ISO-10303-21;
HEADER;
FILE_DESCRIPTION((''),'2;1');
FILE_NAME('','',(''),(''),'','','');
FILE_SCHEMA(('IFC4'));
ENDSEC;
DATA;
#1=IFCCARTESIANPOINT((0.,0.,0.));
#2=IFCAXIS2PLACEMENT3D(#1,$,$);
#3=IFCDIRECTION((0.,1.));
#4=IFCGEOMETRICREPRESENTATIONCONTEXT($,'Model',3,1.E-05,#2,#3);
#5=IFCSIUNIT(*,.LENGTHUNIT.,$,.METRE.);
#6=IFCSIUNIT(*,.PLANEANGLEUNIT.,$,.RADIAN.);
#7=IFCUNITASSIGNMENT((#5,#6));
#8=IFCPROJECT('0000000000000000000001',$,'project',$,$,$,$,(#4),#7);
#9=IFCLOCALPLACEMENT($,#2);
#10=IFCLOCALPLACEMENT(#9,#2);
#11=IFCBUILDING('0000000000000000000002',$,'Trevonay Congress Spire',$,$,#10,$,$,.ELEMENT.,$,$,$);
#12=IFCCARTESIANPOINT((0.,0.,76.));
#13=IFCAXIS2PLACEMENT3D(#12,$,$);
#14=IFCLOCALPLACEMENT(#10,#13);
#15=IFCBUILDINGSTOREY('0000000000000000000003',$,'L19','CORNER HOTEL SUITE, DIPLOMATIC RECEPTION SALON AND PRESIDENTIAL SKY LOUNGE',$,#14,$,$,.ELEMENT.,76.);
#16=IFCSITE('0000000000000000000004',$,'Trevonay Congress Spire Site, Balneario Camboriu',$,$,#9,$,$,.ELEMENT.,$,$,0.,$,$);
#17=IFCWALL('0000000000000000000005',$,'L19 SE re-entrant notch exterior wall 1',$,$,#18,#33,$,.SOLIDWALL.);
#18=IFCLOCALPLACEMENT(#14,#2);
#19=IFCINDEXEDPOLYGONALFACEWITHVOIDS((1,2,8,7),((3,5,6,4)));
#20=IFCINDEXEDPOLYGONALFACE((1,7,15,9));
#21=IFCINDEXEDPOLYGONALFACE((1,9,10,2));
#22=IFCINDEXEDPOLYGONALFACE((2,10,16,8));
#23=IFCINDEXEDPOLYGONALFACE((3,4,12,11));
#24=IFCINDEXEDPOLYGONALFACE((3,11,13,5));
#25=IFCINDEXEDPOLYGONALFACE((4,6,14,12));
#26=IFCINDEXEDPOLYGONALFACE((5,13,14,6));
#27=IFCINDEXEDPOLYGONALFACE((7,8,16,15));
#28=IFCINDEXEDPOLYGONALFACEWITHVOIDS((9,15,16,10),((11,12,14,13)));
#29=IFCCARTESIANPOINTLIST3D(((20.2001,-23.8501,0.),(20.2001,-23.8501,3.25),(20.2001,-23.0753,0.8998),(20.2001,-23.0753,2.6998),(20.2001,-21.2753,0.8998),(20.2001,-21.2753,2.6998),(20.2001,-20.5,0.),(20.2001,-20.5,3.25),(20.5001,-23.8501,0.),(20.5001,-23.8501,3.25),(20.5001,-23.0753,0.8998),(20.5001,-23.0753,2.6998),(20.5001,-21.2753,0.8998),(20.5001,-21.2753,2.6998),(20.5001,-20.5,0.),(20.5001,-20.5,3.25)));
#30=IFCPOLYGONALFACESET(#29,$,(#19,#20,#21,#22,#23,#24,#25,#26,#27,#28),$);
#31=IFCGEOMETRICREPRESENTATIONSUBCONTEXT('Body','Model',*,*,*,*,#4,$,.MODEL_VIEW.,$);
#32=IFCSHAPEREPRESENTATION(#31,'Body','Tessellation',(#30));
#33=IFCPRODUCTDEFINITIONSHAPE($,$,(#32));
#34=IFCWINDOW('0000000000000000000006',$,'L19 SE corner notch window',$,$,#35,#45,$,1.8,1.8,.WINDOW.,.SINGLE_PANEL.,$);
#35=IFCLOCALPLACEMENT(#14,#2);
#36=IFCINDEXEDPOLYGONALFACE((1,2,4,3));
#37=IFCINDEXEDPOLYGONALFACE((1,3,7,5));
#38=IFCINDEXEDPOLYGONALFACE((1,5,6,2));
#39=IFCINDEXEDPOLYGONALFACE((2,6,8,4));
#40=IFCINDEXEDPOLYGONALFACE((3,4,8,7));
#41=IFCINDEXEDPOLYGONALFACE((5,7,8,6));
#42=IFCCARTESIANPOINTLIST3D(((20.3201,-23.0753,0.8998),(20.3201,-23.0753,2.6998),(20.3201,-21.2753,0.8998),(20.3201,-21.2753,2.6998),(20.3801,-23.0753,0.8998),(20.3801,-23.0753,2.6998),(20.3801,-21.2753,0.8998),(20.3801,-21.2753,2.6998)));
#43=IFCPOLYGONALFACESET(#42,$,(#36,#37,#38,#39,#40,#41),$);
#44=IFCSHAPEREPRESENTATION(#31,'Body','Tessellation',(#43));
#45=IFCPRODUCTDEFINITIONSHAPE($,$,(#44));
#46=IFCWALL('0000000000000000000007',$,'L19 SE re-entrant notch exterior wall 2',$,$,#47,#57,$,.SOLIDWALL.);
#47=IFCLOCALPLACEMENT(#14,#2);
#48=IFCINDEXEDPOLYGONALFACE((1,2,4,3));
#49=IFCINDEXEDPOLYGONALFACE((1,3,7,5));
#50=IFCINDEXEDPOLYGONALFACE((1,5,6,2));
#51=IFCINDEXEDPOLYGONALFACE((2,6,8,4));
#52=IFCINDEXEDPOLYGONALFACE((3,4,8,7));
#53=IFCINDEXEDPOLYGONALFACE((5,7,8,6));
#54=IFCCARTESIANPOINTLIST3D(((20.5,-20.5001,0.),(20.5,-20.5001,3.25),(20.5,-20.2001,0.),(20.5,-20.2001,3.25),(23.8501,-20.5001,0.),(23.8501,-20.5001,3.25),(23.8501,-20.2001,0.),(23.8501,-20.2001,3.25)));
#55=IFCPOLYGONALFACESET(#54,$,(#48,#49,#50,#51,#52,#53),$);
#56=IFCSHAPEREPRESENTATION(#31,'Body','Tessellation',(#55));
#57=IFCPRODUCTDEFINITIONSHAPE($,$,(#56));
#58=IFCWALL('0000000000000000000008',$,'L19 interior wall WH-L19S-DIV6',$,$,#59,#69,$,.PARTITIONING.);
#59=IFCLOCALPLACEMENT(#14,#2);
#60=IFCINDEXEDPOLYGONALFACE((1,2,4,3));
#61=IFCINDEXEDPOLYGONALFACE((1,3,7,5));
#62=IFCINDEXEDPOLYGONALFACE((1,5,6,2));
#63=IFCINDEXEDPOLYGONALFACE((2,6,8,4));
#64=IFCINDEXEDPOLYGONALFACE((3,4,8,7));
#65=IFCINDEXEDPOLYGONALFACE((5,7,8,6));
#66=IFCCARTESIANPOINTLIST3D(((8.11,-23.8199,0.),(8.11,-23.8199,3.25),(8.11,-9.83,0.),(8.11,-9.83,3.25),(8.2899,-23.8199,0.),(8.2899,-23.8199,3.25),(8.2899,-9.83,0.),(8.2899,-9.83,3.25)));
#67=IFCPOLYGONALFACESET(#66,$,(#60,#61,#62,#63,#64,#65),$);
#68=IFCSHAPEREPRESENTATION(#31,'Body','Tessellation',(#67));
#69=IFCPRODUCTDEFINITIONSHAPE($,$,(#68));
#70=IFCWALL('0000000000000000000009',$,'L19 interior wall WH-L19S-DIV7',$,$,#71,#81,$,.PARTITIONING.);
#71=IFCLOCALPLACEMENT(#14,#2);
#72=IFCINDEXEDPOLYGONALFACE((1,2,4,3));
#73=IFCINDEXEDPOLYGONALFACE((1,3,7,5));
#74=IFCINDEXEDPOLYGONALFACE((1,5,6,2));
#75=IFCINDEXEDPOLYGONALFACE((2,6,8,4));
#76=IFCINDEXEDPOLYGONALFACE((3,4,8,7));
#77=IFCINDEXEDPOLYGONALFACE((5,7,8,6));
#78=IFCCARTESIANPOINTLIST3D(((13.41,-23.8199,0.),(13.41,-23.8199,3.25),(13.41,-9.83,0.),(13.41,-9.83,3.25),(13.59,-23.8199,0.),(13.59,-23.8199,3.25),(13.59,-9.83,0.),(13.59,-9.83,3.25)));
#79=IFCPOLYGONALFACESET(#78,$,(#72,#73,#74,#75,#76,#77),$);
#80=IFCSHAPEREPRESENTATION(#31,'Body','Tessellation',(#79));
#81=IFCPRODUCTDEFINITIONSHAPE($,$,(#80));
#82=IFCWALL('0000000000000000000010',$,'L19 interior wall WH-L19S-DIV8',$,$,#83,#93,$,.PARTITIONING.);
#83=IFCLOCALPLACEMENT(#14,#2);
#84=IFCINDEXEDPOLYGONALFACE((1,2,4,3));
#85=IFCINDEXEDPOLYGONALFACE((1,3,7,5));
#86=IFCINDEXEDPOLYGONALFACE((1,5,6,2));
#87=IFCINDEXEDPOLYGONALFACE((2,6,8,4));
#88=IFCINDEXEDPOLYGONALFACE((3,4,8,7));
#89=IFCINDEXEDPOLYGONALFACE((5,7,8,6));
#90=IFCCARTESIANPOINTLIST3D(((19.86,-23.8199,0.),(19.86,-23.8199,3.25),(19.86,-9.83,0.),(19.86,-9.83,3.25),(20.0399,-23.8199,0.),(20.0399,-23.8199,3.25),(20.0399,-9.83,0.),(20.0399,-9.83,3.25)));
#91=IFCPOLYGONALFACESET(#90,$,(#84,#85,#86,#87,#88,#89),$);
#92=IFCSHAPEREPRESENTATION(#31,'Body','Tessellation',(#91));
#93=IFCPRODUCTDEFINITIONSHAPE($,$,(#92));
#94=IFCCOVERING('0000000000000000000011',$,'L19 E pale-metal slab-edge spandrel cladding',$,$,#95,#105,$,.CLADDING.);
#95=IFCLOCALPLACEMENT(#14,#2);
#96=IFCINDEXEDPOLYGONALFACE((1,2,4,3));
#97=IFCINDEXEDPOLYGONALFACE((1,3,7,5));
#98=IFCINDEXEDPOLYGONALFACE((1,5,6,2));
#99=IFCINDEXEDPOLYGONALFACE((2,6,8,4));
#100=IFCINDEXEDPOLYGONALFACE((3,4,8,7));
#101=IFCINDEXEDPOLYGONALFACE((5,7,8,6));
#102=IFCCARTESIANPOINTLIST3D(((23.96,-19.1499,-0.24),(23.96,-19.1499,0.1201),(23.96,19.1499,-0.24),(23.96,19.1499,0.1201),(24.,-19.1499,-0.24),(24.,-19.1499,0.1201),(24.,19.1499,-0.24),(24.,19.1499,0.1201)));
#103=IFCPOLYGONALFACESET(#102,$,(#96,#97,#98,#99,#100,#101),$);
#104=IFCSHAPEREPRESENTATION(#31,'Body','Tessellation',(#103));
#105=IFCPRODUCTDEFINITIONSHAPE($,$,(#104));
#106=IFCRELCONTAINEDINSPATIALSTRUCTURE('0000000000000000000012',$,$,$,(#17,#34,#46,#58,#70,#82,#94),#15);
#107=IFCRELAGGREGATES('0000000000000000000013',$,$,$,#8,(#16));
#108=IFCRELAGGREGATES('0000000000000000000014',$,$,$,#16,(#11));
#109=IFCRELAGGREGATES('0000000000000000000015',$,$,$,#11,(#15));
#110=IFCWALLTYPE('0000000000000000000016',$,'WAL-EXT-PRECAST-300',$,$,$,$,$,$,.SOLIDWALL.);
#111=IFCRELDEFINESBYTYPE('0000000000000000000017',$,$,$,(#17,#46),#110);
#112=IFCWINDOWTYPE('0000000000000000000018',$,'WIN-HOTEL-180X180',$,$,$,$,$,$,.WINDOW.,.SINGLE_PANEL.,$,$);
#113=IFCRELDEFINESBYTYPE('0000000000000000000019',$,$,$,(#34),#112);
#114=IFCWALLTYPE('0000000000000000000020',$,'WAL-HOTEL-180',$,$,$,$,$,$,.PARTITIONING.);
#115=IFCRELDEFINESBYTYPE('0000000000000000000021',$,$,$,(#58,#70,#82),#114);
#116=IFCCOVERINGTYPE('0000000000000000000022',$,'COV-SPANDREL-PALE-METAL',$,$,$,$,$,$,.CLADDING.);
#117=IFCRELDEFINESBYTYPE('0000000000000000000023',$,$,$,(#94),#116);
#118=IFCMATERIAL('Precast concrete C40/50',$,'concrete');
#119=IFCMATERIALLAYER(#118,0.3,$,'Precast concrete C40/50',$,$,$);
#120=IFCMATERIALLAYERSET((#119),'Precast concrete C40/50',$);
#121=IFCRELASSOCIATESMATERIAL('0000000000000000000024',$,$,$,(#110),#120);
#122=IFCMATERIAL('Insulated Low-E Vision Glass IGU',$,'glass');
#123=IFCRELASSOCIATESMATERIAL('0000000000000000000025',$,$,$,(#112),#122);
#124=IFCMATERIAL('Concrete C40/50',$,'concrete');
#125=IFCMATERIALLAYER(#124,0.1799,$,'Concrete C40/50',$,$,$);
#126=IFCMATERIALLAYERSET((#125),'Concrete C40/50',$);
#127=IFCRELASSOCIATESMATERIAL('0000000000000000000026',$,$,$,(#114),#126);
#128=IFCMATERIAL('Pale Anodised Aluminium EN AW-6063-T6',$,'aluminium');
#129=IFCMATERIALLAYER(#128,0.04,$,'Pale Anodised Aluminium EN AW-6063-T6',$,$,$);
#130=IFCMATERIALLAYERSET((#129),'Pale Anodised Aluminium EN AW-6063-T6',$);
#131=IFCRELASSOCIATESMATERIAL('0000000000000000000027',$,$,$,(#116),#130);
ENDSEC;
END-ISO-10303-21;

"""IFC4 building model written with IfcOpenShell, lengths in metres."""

from ifc_helpers import new_model, si_unit, direction, frame, frame_2d, origin, place, context, subcontext, project, spatial, rectangle, extrude, material, layer, layer_set, type_object, element, fill, save


model = new_model("IFC4")

# Units and contexts
model_context = context("Model", 3, precision=1e-05, world=origin(), true_north=direction((0.0, 1.0)))
body_context = subcontext(model_context, "Body", "Model", "MODEL_VIEW")
ifc_project = project(units=[si_unit("LENGTHUNIT", "METRE"), si_unit("PLANEANGLEUNIT", "RADIAN")], contexts=[model_context])

# Site, building, storey
site_placement = place(None, origin())
site = spatial("IfcSite", under=ifc_project, at=site_placement, Name="Trevonay Congress Spire Site, Balneario Camboriu", CompositionType="ELEMENT", RefElevation=0.0)
building_placement = place(site_placement, origin())
building = spatial("IfcBuilding", under=site, at=building_placement, Name="Trevonay Congress Spire", CompositionType="ELEMENT")
storey_placement = place(building_placement, frame((0.0, 0.0, 76.0)))
storey = spatial("IfcBuildingStorey", under=building, at=storey_placement, Name="L19", Description="CORNER HOTEL SUITE, DIPLOMATIC RECEPTION SALON AND PRESIDENTIAL SKY LOUNGE", CompositionType="ELEMENT", Elevation=76.0)

# Shared definitions
ifc_material_1 = material(Name="Pale Anodised Aluminium EN AW-6063-T6", Category="aluminium")

# Shared definitions
ifc_material_2 = material(Name="Insulated Low-E Vision Glass IGU", Category="glass")

# Shared definitions
ifc_material_3 = material(Name="Concrete C40/50", Category="concrete")
ifc_material_4 = material(Name="Precast concrete C40/50", Category="concrete")
ifc_layer_1 = layer(ifc_material_4, 0.3, Name="Precast concrete C40/50")
ifc_layer_set_1 = layer_set([ifc_layer_1], Name="Precast concrete C40/50")
wall_type_1 = type_object("IfcWallType", Name="WAL-EXT-PRECAST-300", PredefinedType="SOLIDWALL", material=ifc_layer_set_1)

# Wall, opening, window
wall_1_placement = place(storey_placement, frame((20.3501, -23.8501, 0.0), z_axis=(0.0, 0.0, 1.0), x_axis=(0.0, 1.0, 0.0)))
wall_1 = element("IfcWall", 1, at=wall_1_placement, inside=storey, type_object=wall_type_1, Name="L19 SE re-entrant notch exterior wall 1", PredefinedType="SOLIDWALL", context=body_context, shape_type="SweptSolid", body=[
    extrude(rectangle(XDim=3.3501, YDim=0.3, at=frame_2d((1.675, 0.0))), origin(), (0.0, 0.0, 1.0), 3.25),
])
opening_placement = place(wall_1_placement, frame((0.7749, 0.0, 0.8999)))
opening = element("IfcOpeningElement", 2, at=opening_placement, cuts=wall_1, PredefinedType="OPENING", context=body_context, shape_type="SweptSolid", body=[
    extrude(rectangle(XDim=1.8, YDim=1.8, at=frame_2d((0.8999, 0.8999))), frame((0.0, 0.1602, 0.0), z_axis=(0.0, -1.0, 0.0), x_axis=(1.0, 0.0, 0.0)), (0.0, 0.0, 1.0), 0.3201),
])
window_type = type_object("IfcWindowType", Name="WIN-HOTEL-180X180", PartitioningType="SINGLE_PANEL", PredefinedType="WINDOW", material=ifc_material_2)
window_placement = place(opening_placement, origin())
window = element("IfcWindow", 3, at=window_placement, inside=storey, type_object=window_type, Name="L19 SE corner notch window", OverallHeight=1.8, OverallWidth=1.8, PartitioningType="SINGLE_PANEL", PredefinedType="WINDOW", context=body_context, shape_type="SweptSolid", body=[
    extrude(rectangle(XDim=1.8, YDim=1.8, at=frame_2d((0.8999, 0.8999))), frame((0.0, 0.03, 0.0), z_axis=(0.0, -1.0, 0.0), x_axis=(1.0, 0.0, 0.0)), (0.0, 0.0, 1.0), 0.0601),
])
fill(opening, window)

# Walls
wall_2_placement = place(storey_placement, frame((23.8501, -20.3501, 0.0), z_axis=(0.0, 0.0, 1.0), x_axis=(-1.0, 0.0, 0.0)))
element("IfcWall", 4, at=wall_2_placement, inside=storey, type_object=wall_type_1, Name="L19 SE re-entrant notch exterior wall 2", PredefinedType="SOLIDWALL", context=body_context, shape_type="SweptSolid", body=[
    extrude(rectangle(XDim=3.3501, YDim=0.3, at=frame_2d((1.675, 0.0))), origin(), (0.0, 0.0, 1.0), 3.25),
])
ifc_layer_2 = layer(ifc_material_3, 0.1799, Name="Concrete C40/50")
ifc_layer_set_2 = layer_set([ifc_layer_2], Name="Concrete C40/50")
wall_type_2 = type_object("IfcWallType", Name="WAL-HOTEL-180", PredefinedType="PARTITIONING", material=ifc_layer_set_2)
for number, where, z_axis, x_axis, name in (
    (5, (8.2, -23.8201, 0.0), (0.0, 0.0, 1.0), (0.0, 1.0, 0.0), "L19 interior wall WH-L19S-DIV6"),
    (6, (13.5, -23.8201, 0.0), (0.0, 0.0, 1.0), (0.0, 1.0, 0.0), "L19 interior wall WH-L19S-DIV7"),
    (7, (19.95, -23.8201, 0.0), (0.0, 0.0, 1.0), (0.0, 1.0, 0.0), "L19 interior wall WH-L19S-DIV8"),
):
    element("IfcWall", number, at=place(storey_placement, frame(where, z_axis=z_axis, x_axis=x_axis)), inside=storey, type_object=wall_type_2, Name=name, PredefinedType="PARTITIONING", context=body_context, shape_type="SweptSolid", body=[
        extrude(rectangle(XDim=13.99, YDim=0.1799, at=frame_2d((6.9951, 0.0))), origin(), (0.0, 0.0, 1.0), 3.25),
    ])

# Covering
ifc_layer_3 = layer(ifc_material_1, 0.04, Name="Pale Anodised Aluminium EN AW-6063-T6")
ifc_layer_set_3 = layer_set([ifc_layer_3], Name="Pale Anodised Aluminium EN AW-6063-T6")
covering_type = type_object("IfcCoveringType", Name="COV-SPANDREL-PALE-METAL", PredefinedType="CLADDING", material=ifc_layer_set_3)
covering_placement = place(storey_placement, frame((23.98, -19.1499, -0.24), z_axis=(0.0, 0.0, 1.0), x_axis=(0.0, 1.0, 0.0)))
element("IfcCovering", 8, at=covering_placement, inside=storey, type_object=covering_type, Name="L19 E pale-metal slab-edge spandrel cladding", PredefinedType="CLADDING", context=body_context, shape_type="SweptSolid", body=[
    extrude(rectangle(XDim=38.2998, YDim=0.04, at=frame_2d((19.1499, 0.0))), origin(), (0.0, 0.0, 1.0), 0.3601),
])

save(model, "model.ifc")
